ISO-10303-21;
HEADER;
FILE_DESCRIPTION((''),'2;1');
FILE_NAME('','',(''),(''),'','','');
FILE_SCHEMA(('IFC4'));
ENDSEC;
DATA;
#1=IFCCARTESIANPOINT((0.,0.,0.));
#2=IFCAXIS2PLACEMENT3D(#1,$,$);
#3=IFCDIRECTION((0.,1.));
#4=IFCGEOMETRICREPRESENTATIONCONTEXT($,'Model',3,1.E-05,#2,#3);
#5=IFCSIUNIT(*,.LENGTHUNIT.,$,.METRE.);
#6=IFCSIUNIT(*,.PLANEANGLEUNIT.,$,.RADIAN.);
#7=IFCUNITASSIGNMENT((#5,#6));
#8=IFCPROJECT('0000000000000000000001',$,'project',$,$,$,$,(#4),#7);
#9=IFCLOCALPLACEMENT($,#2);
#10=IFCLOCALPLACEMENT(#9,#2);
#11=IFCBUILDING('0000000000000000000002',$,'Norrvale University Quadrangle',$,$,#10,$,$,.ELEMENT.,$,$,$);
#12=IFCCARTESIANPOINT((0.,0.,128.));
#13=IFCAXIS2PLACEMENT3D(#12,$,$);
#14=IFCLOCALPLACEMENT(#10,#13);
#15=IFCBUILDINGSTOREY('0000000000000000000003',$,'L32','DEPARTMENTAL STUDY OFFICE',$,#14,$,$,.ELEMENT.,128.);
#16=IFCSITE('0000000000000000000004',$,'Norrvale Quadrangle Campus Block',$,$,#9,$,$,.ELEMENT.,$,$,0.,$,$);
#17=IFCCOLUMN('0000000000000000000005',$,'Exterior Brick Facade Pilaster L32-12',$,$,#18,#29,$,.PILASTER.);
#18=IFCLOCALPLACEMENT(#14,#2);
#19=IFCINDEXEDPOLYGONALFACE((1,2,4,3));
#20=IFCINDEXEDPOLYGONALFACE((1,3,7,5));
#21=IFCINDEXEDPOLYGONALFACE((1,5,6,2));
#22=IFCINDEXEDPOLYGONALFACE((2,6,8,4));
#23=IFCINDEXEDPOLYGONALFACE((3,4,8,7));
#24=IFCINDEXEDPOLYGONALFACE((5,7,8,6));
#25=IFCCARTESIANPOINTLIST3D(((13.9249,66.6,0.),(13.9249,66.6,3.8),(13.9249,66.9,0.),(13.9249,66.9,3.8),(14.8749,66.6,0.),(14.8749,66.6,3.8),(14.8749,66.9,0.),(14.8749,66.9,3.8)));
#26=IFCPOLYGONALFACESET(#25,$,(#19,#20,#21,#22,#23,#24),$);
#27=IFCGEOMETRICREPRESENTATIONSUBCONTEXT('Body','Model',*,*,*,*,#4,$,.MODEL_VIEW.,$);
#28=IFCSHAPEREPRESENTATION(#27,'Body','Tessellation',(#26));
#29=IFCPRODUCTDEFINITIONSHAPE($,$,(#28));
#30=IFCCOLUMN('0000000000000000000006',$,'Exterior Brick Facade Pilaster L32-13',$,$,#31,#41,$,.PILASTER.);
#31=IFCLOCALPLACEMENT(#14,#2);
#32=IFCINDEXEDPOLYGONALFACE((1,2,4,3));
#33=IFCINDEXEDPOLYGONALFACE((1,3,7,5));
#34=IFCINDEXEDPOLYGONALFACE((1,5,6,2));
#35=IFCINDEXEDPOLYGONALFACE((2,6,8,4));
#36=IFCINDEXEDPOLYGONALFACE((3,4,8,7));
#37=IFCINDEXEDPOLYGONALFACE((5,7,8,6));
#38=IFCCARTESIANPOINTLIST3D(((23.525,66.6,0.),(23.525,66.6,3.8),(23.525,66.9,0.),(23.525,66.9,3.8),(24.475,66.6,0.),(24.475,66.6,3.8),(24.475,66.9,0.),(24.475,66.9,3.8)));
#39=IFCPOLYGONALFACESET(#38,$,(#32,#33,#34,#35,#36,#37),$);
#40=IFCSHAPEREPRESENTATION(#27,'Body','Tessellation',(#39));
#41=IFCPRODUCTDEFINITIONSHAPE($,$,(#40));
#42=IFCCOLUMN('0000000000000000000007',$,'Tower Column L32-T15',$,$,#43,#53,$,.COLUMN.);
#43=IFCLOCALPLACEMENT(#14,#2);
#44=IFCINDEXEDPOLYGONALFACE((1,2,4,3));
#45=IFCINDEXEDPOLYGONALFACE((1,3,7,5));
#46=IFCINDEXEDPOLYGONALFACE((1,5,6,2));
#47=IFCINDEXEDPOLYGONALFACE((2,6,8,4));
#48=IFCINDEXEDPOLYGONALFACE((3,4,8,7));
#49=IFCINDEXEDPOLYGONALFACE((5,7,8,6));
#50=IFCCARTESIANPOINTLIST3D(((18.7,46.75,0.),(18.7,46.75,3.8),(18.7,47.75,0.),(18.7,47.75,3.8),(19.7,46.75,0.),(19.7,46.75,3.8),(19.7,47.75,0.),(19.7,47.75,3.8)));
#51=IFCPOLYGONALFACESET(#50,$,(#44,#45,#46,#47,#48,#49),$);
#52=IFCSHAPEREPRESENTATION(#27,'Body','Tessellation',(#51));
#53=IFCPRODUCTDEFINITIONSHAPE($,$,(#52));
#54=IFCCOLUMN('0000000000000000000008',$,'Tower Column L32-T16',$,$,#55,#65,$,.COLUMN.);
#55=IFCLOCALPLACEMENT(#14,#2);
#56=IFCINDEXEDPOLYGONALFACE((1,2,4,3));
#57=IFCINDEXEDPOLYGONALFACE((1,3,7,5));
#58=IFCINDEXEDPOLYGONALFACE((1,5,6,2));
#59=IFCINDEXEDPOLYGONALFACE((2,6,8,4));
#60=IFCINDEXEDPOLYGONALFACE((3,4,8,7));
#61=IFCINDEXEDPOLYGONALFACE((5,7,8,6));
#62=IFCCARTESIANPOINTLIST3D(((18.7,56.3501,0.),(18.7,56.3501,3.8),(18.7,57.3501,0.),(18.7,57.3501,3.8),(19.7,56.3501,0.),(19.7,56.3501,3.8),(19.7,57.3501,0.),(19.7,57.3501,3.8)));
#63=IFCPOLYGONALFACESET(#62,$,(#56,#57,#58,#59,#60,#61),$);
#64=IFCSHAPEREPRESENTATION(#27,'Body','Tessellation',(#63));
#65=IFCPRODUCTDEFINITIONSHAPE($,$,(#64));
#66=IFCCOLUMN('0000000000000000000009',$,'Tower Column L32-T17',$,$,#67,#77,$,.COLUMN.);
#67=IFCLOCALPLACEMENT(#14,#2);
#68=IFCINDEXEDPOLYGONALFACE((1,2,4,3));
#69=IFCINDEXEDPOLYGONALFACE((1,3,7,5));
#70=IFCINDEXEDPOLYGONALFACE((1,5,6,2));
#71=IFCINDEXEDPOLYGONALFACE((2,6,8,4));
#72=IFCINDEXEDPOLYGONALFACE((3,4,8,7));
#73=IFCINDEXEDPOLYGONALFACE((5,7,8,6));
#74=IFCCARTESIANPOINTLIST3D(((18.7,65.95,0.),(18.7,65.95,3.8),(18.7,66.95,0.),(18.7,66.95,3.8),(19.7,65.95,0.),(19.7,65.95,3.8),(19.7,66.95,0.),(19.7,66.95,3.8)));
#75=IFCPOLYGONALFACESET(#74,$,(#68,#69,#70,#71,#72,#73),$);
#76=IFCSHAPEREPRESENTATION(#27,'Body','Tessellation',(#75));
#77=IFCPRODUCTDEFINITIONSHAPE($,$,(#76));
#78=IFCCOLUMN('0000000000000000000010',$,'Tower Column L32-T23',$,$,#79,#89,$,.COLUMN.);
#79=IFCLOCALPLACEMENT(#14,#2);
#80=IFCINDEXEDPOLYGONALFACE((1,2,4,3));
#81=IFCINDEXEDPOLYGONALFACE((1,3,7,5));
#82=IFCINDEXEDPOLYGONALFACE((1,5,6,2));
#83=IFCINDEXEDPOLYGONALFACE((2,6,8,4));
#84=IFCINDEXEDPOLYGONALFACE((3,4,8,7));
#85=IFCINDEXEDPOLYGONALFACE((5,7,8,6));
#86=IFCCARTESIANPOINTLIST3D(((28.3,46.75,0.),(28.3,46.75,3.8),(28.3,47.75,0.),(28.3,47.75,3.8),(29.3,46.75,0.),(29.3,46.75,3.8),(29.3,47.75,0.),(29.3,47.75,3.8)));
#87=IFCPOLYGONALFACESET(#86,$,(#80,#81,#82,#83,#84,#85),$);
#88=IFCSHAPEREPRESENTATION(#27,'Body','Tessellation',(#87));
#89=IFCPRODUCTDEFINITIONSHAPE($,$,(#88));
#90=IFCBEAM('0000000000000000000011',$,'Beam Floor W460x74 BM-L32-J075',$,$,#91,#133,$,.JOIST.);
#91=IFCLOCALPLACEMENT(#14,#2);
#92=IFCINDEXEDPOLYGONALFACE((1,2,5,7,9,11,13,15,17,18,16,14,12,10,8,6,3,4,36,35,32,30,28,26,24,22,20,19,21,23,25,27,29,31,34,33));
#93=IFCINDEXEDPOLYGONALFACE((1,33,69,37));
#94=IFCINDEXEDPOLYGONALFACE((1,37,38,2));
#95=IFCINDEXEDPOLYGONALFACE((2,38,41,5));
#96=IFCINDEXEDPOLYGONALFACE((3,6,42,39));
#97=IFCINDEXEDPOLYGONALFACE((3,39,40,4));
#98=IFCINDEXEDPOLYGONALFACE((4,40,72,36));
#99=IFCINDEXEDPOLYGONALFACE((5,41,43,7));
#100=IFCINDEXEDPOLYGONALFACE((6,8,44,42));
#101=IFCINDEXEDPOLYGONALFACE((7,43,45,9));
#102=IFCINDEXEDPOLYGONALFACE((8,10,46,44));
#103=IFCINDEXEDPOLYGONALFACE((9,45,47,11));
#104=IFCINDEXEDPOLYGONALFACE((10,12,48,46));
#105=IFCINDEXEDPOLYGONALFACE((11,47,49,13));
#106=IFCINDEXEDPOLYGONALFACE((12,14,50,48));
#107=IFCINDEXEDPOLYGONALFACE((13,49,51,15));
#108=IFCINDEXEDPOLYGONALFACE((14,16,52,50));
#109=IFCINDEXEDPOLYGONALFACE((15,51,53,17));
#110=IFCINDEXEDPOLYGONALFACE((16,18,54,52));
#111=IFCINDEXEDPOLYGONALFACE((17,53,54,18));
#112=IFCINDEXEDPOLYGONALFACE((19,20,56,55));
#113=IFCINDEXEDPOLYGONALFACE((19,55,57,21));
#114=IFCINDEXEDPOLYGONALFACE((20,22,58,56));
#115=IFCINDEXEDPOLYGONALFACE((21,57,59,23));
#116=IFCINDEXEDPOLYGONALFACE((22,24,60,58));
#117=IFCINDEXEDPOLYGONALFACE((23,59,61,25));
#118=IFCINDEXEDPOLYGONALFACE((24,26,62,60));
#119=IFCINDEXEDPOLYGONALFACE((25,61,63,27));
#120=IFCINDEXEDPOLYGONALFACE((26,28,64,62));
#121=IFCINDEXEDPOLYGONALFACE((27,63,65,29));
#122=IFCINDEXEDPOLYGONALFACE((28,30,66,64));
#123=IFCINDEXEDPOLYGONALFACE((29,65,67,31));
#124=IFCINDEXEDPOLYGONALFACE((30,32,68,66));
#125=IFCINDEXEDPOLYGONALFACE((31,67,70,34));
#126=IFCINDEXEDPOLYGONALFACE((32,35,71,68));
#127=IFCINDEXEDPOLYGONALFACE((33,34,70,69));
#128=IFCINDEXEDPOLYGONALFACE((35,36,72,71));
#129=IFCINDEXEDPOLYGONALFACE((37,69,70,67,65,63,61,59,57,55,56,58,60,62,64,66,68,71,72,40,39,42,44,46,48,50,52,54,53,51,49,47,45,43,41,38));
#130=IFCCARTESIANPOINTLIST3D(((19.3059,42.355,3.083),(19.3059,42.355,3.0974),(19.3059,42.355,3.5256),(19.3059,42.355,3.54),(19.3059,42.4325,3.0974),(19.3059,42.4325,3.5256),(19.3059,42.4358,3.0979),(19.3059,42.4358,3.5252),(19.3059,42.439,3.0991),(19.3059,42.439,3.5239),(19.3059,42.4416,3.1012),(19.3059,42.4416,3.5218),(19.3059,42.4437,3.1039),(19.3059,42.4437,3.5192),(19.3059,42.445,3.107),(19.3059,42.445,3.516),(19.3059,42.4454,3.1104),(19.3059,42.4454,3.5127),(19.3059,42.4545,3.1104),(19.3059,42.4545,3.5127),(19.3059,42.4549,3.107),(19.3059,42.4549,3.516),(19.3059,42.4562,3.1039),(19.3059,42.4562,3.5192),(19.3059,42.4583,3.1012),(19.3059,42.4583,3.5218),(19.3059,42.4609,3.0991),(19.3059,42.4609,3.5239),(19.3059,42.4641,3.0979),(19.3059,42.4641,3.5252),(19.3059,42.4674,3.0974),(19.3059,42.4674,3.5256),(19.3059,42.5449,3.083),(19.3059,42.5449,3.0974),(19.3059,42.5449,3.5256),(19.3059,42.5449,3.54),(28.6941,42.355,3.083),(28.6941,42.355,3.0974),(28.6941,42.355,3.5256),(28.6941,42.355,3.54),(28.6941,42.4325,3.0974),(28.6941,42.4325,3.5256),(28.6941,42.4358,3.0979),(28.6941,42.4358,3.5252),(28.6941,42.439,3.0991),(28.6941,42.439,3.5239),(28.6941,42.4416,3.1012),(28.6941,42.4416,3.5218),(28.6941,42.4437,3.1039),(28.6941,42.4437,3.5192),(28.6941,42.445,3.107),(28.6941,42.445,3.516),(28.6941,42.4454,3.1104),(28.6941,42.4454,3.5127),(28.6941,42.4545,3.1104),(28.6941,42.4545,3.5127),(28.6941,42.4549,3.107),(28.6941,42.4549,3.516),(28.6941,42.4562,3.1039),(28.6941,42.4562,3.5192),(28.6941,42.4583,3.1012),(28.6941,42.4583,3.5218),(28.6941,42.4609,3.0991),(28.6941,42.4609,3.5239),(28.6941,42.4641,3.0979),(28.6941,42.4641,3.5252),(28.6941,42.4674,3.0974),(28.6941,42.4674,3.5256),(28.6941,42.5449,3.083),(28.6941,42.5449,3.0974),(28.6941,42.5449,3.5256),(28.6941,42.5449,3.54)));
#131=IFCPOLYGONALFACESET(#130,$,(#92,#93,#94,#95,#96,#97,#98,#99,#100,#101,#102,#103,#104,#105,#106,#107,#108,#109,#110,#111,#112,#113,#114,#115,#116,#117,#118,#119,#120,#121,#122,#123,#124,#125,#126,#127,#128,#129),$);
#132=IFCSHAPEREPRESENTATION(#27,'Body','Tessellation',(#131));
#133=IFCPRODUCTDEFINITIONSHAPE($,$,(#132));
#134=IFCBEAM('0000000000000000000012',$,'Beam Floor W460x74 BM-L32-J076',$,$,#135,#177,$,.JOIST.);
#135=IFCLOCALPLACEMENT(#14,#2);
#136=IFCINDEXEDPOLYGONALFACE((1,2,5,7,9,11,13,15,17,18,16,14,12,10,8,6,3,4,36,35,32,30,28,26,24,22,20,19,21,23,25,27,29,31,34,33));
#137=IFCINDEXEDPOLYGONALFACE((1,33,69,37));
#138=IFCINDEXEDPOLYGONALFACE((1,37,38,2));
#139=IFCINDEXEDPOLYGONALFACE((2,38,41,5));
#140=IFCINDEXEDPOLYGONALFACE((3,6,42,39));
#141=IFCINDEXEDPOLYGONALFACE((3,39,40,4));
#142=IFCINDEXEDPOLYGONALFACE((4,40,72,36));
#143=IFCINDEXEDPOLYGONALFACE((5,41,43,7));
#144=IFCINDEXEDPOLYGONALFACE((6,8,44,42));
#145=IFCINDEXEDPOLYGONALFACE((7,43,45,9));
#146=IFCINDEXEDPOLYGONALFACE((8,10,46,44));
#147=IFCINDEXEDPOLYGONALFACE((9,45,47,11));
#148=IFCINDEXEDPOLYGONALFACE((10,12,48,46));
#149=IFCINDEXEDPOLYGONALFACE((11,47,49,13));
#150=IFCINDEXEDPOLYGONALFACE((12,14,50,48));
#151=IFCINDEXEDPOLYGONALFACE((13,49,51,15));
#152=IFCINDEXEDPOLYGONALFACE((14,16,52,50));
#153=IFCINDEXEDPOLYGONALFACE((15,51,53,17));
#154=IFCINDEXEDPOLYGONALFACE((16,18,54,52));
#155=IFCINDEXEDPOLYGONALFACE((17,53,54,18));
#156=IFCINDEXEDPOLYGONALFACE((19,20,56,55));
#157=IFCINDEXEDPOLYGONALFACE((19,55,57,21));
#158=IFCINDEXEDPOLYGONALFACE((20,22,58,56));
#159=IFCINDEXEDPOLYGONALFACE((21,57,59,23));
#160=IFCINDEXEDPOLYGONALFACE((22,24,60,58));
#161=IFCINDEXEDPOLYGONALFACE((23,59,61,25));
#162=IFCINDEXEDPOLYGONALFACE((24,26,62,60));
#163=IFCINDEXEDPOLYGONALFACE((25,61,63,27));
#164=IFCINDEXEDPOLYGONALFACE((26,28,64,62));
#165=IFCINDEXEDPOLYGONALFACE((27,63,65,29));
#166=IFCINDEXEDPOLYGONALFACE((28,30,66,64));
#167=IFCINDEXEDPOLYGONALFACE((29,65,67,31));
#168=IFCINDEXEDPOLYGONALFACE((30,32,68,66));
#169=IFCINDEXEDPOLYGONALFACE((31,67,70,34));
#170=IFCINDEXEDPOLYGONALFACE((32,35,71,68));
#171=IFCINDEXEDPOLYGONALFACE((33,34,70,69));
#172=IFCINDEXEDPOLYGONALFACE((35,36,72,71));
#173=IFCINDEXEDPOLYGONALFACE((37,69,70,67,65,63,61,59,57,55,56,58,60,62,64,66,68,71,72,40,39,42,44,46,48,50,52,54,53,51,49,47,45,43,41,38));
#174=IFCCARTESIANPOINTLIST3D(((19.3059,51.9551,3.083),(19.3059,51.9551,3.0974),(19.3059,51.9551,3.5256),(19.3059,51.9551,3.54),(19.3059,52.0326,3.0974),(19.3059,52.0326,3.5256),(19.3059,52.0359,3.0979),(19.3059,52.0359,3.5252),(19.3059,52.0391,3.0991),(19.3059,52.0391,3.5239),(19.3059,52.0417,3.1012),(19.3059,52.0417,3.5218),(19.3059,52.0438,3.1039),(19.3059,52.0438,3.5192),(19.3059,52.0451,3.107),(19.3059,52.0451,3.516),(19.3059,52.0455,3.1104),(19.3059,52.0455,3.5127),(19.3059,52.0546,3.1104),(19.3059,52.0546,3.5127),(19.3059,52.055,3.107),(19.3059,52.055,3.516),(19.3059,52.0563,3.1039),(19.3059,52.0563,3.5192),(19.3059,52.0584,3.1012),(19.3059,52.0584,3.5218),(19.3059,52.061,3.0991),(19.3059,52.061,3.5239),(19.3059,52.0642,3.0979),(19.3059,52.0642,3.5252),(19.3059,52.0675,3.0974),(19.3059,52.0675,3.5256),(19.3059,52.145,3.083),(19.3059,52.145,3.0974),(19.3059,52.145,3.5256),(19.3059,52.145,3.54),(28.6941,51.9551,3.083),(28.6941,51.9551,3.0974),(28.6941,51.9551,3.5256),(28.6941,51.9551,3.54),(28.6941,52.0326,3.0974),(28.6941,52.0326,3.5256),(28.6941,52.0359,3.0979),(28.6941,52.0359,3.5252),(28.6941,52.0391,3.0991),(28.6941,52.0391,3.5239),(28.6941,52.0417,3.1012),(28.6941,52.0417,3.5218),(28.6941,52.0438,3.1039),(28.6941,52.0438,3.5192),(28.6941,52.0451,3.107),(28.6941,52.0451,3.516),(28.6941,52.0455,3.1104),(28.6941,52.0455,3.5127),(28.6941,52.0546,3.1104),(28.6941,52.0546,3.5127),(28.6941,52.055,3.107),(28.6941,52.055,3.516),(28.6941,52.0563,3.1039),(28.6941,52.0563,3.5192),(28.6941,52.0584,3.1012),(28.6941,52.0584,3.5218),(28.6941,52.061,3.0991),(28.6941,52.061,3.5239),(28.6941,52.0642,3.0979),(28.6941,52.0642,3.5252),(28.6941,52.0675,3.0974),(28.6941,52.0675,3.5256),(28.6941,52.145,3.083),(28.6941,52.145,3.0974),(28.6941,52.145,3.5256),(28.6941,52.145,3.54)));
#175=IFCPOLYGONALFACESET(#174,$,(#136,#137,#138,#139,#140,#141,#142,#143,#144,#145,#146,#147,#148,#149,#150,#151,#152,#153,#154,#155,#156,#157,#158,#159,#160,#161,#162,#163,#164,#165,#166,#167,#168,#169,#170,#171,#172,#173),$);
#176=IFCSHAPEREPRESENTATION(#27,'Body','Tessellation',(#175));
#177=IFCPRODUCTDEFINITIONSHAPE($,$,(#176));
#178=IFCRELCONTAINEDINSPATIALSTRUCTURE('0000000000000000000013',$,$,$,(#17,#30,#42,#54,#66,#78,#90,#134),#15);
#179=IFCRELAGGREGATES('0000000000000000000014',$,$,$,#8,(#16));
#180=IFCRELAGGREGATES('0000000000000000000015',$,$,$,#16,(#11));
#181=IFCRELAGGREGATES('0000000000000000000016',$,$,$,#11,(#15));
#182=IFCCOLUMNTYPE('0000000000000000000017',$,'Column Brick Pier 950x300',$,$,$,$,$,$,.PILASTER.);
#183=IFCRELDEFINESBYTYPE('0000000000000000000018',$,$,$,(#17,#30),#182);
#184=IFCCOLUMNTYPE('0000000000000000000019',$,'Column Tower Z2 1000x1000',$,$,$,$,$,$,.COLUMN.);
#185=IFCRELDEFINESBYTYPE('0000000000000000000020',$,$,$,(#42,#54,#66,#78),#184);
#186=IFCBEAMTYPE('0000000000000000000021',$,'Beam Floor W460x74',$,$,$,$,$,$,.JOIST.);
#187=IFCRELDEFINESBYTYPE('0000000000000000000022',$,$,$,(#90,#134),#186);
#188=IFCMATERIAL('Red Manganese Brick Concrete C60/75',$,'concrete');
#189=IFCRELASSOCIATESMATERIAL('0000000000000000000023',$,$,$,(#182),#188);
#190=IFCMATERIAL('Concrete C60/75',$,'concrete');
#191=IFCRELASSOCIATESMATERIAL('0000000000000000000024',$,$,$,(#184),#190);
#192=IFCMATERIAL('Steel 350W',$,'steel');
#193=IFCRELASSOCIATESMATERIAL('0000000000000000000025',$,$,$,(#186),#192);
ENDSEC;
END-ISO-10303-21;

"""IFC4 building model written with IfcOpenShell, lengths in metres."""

from ifc_helpers import new_model, si_unit, direction, frame, origin, origin_2d, place, context, subcontext, project, spatial, rectangle, i_section, extrude, material, material_profile, profile_set, type_object, element, save


model = new_model("IFC4")

# Units and contexts
model_context = context("Model", 3, precision=1e-05, world=origin(), true_north=direction((0.0, 1.0)))
body_context = subcontext(model_context, "Body", "Model", "MODEL_VIEW")
ifc_project = project(units=[si_unit("LENGTHUNIT", "METRE"), si_unit("PLANEANGLEUNIT", "RADIAN")], contexts=[model_context])

# Site, building, storey
site_placement = place(None, origin())
site = spatial("IfcSite", under=ifc_project, at=site_placement, Name="Norrvale Quadrangle Campus Block", CompositionType="ELEMENT", RefElevation=0.0)
building_placement = place(site_placement, origin())
building = spatial("IfcBuilding", under=site, at=building_placement, Name="Norrvale University Quadrangle", CompositionType="ELEMENT")
storey_placement = place(building_placement, frame((0.0, 0.0, 128.0)))
storey = spatial("IfcBuildingStorey", under=building, at=storey_placement, Name="L32", Description="DEPARTMENTAL STUDY OFFICE", CompositionType="ELEMENT", Elevation=128.0)

# Columns
ifc_material_1 = material(Name="Red Manganese Brick Concrete C60/75", Category="concrete")
ifc_material_profile_1 = material_profile(ifc_material_1, rectangle(XDim=0.95, YDim=0.3, at=origin_2d()), Name="Red Manganese Brick Concrete C60/75")
ifc_profile_set_1 = profile_set([ifc_material_profile_1], Name="Red Manganese Brick Concrete C60/75")
column_type_1 = type_object("IfcColumnType", Name="Column Brick Pier 950x300", PredefinedType="PILASTER", material=ifc_profile_set_1)
for number, where, z_axis, x_axis, name in (
    (1, (14.3999, 66.75, 0.0), (0.0, 0.0, 1.0), (1.0, 0.0, 0.0), "Exterior Brick Facade Pilaster L32-12"),
    (2, (24.0, 66.75, 0.0), (0.0, 0.0, 1.0), (1.0, 0.0, 0.0), "Exterior Brick Facade Pilaster L32-13"),
):
    element("IfcColumn", number, at=place(storey_placement, frame(where, z_axis=z_axis, x_axis=x_axis)), inside=storey, type_object=column_type_1, Name=name, PredefinedType="PILASTER", context=body_context, shape_type="SweptSolid", body=[
        extrude(rectangle(XDim=0.95, YDim=0.3, at=origin_2d()), origin(), (0.0, 0.0, 1.0), 3.8),
    ])
ifc_material_2 = material(Name="Concrete C60/75", Category="concrete")
ifc_material_profile_2 = material_profile(ifc_material_2, rectangle(XDim=1.0, YDim=1.0, at=origin_2d()), Name="Concrete C60/75")
ifc_profile_set_2 = profile_set([ifc_material_profile_2], Name="Concrete C60/75")
column_type_2 = type_object("IfcColumnType", Name="Column Tower Z2 1000x1000", PredefinedType="COLUMN", material=ifc_profile_set_2)
for number, where, z_axis, x_axis, name in (
    (3, (19.2, 47.25, 0.0), (0.0, 0.0, 1.0), (1.0, 0.0, 0.0), "Tower Column L32-T15"),
    (4, (19.2, 56.8501, 0.0), (0.0, 0.0, 1.0), (1.0, 0.0, 0.0), "Tower Column L32-T16"),
    (5, (19.2, 66.45, 0.0), (0.0, 0.0, 1.0), (1.0, 0.0, 0.0), "Tower Column L32-T17"),
    (6, (28.8, 47.25, 0.0), (0.0, 0.0, 1.0), (1.0, 0.0, 0.0), "Tower Column L32-T23"),
):
    element("IfcColumn", number, at=place(storey_placement, frame(where, z_axis=z_axis, x_axis=x_axis)), inside=storey, type_object=column_type_2, Name=name, PredefinedType="COLUMN", context=body_context, shape_type="SweptSolid", body=[
        extrude(rectangle(XDim=1.0, YDim=1.0, at=origin_2d()), origin(), (0.0, 0.0, 1.0), 3.8),
    ])

# Beams
ifc_material_3 = material(Name="Steel 350W", Category="steel")
ifc_material_profile_3 = material_profile(ifc_material_3, i_section(OverallWidth=0.1899, OverallDepth=0.457, WebThickness=0.009, FlangeThickness=0.0144, FilletRadius=0.0129, at=origin_2d()), Name="Steel 350W")
ifc_profile_set_3 = profile_set([ifc_material_profile_3], Name="Steel 350W")
beam_type_1 = type_object("IfcBeamType", Name="Beam Floor W460x74", PredefinedType="JOIST", material=ifc_profile_set_3)
for number, where, z_axis, x_axis, name in (
    (7, (19.3059, 42.45, 3.3115), (1.0, 0.0, 0.0), (0.0, 1.0, 0.0), "Beam Floor W460x74 BM-L32-J075"),
    (8, (19.3059, 52.05, 3.3115), (1.0, 0.0, 0.0), (0.0, 1.0, 0.0), "Beam Floor W460x74 BM-L32-J076"),
):
    element("IfcBeam", number, at=place(storey_placement, frame(where, z_axis=z_axis, x_axis=x_axis)), inside=storey, type_object=beam_type_1, Name=name, PredefinedType="JOIST", context=body_context, shape_type="SweptSolid", body=[
        extrude(i_section(OverallWidth=0.1899, OverallDepth=0.457, WebThickness=0.009, FlangeThickness=0.0144, FilletRadius=0.0129, at=origin_2d()), origin(), (0.0, 0.0, 1.0), 9.3882),
    ])

save(model, "model.ifc")
